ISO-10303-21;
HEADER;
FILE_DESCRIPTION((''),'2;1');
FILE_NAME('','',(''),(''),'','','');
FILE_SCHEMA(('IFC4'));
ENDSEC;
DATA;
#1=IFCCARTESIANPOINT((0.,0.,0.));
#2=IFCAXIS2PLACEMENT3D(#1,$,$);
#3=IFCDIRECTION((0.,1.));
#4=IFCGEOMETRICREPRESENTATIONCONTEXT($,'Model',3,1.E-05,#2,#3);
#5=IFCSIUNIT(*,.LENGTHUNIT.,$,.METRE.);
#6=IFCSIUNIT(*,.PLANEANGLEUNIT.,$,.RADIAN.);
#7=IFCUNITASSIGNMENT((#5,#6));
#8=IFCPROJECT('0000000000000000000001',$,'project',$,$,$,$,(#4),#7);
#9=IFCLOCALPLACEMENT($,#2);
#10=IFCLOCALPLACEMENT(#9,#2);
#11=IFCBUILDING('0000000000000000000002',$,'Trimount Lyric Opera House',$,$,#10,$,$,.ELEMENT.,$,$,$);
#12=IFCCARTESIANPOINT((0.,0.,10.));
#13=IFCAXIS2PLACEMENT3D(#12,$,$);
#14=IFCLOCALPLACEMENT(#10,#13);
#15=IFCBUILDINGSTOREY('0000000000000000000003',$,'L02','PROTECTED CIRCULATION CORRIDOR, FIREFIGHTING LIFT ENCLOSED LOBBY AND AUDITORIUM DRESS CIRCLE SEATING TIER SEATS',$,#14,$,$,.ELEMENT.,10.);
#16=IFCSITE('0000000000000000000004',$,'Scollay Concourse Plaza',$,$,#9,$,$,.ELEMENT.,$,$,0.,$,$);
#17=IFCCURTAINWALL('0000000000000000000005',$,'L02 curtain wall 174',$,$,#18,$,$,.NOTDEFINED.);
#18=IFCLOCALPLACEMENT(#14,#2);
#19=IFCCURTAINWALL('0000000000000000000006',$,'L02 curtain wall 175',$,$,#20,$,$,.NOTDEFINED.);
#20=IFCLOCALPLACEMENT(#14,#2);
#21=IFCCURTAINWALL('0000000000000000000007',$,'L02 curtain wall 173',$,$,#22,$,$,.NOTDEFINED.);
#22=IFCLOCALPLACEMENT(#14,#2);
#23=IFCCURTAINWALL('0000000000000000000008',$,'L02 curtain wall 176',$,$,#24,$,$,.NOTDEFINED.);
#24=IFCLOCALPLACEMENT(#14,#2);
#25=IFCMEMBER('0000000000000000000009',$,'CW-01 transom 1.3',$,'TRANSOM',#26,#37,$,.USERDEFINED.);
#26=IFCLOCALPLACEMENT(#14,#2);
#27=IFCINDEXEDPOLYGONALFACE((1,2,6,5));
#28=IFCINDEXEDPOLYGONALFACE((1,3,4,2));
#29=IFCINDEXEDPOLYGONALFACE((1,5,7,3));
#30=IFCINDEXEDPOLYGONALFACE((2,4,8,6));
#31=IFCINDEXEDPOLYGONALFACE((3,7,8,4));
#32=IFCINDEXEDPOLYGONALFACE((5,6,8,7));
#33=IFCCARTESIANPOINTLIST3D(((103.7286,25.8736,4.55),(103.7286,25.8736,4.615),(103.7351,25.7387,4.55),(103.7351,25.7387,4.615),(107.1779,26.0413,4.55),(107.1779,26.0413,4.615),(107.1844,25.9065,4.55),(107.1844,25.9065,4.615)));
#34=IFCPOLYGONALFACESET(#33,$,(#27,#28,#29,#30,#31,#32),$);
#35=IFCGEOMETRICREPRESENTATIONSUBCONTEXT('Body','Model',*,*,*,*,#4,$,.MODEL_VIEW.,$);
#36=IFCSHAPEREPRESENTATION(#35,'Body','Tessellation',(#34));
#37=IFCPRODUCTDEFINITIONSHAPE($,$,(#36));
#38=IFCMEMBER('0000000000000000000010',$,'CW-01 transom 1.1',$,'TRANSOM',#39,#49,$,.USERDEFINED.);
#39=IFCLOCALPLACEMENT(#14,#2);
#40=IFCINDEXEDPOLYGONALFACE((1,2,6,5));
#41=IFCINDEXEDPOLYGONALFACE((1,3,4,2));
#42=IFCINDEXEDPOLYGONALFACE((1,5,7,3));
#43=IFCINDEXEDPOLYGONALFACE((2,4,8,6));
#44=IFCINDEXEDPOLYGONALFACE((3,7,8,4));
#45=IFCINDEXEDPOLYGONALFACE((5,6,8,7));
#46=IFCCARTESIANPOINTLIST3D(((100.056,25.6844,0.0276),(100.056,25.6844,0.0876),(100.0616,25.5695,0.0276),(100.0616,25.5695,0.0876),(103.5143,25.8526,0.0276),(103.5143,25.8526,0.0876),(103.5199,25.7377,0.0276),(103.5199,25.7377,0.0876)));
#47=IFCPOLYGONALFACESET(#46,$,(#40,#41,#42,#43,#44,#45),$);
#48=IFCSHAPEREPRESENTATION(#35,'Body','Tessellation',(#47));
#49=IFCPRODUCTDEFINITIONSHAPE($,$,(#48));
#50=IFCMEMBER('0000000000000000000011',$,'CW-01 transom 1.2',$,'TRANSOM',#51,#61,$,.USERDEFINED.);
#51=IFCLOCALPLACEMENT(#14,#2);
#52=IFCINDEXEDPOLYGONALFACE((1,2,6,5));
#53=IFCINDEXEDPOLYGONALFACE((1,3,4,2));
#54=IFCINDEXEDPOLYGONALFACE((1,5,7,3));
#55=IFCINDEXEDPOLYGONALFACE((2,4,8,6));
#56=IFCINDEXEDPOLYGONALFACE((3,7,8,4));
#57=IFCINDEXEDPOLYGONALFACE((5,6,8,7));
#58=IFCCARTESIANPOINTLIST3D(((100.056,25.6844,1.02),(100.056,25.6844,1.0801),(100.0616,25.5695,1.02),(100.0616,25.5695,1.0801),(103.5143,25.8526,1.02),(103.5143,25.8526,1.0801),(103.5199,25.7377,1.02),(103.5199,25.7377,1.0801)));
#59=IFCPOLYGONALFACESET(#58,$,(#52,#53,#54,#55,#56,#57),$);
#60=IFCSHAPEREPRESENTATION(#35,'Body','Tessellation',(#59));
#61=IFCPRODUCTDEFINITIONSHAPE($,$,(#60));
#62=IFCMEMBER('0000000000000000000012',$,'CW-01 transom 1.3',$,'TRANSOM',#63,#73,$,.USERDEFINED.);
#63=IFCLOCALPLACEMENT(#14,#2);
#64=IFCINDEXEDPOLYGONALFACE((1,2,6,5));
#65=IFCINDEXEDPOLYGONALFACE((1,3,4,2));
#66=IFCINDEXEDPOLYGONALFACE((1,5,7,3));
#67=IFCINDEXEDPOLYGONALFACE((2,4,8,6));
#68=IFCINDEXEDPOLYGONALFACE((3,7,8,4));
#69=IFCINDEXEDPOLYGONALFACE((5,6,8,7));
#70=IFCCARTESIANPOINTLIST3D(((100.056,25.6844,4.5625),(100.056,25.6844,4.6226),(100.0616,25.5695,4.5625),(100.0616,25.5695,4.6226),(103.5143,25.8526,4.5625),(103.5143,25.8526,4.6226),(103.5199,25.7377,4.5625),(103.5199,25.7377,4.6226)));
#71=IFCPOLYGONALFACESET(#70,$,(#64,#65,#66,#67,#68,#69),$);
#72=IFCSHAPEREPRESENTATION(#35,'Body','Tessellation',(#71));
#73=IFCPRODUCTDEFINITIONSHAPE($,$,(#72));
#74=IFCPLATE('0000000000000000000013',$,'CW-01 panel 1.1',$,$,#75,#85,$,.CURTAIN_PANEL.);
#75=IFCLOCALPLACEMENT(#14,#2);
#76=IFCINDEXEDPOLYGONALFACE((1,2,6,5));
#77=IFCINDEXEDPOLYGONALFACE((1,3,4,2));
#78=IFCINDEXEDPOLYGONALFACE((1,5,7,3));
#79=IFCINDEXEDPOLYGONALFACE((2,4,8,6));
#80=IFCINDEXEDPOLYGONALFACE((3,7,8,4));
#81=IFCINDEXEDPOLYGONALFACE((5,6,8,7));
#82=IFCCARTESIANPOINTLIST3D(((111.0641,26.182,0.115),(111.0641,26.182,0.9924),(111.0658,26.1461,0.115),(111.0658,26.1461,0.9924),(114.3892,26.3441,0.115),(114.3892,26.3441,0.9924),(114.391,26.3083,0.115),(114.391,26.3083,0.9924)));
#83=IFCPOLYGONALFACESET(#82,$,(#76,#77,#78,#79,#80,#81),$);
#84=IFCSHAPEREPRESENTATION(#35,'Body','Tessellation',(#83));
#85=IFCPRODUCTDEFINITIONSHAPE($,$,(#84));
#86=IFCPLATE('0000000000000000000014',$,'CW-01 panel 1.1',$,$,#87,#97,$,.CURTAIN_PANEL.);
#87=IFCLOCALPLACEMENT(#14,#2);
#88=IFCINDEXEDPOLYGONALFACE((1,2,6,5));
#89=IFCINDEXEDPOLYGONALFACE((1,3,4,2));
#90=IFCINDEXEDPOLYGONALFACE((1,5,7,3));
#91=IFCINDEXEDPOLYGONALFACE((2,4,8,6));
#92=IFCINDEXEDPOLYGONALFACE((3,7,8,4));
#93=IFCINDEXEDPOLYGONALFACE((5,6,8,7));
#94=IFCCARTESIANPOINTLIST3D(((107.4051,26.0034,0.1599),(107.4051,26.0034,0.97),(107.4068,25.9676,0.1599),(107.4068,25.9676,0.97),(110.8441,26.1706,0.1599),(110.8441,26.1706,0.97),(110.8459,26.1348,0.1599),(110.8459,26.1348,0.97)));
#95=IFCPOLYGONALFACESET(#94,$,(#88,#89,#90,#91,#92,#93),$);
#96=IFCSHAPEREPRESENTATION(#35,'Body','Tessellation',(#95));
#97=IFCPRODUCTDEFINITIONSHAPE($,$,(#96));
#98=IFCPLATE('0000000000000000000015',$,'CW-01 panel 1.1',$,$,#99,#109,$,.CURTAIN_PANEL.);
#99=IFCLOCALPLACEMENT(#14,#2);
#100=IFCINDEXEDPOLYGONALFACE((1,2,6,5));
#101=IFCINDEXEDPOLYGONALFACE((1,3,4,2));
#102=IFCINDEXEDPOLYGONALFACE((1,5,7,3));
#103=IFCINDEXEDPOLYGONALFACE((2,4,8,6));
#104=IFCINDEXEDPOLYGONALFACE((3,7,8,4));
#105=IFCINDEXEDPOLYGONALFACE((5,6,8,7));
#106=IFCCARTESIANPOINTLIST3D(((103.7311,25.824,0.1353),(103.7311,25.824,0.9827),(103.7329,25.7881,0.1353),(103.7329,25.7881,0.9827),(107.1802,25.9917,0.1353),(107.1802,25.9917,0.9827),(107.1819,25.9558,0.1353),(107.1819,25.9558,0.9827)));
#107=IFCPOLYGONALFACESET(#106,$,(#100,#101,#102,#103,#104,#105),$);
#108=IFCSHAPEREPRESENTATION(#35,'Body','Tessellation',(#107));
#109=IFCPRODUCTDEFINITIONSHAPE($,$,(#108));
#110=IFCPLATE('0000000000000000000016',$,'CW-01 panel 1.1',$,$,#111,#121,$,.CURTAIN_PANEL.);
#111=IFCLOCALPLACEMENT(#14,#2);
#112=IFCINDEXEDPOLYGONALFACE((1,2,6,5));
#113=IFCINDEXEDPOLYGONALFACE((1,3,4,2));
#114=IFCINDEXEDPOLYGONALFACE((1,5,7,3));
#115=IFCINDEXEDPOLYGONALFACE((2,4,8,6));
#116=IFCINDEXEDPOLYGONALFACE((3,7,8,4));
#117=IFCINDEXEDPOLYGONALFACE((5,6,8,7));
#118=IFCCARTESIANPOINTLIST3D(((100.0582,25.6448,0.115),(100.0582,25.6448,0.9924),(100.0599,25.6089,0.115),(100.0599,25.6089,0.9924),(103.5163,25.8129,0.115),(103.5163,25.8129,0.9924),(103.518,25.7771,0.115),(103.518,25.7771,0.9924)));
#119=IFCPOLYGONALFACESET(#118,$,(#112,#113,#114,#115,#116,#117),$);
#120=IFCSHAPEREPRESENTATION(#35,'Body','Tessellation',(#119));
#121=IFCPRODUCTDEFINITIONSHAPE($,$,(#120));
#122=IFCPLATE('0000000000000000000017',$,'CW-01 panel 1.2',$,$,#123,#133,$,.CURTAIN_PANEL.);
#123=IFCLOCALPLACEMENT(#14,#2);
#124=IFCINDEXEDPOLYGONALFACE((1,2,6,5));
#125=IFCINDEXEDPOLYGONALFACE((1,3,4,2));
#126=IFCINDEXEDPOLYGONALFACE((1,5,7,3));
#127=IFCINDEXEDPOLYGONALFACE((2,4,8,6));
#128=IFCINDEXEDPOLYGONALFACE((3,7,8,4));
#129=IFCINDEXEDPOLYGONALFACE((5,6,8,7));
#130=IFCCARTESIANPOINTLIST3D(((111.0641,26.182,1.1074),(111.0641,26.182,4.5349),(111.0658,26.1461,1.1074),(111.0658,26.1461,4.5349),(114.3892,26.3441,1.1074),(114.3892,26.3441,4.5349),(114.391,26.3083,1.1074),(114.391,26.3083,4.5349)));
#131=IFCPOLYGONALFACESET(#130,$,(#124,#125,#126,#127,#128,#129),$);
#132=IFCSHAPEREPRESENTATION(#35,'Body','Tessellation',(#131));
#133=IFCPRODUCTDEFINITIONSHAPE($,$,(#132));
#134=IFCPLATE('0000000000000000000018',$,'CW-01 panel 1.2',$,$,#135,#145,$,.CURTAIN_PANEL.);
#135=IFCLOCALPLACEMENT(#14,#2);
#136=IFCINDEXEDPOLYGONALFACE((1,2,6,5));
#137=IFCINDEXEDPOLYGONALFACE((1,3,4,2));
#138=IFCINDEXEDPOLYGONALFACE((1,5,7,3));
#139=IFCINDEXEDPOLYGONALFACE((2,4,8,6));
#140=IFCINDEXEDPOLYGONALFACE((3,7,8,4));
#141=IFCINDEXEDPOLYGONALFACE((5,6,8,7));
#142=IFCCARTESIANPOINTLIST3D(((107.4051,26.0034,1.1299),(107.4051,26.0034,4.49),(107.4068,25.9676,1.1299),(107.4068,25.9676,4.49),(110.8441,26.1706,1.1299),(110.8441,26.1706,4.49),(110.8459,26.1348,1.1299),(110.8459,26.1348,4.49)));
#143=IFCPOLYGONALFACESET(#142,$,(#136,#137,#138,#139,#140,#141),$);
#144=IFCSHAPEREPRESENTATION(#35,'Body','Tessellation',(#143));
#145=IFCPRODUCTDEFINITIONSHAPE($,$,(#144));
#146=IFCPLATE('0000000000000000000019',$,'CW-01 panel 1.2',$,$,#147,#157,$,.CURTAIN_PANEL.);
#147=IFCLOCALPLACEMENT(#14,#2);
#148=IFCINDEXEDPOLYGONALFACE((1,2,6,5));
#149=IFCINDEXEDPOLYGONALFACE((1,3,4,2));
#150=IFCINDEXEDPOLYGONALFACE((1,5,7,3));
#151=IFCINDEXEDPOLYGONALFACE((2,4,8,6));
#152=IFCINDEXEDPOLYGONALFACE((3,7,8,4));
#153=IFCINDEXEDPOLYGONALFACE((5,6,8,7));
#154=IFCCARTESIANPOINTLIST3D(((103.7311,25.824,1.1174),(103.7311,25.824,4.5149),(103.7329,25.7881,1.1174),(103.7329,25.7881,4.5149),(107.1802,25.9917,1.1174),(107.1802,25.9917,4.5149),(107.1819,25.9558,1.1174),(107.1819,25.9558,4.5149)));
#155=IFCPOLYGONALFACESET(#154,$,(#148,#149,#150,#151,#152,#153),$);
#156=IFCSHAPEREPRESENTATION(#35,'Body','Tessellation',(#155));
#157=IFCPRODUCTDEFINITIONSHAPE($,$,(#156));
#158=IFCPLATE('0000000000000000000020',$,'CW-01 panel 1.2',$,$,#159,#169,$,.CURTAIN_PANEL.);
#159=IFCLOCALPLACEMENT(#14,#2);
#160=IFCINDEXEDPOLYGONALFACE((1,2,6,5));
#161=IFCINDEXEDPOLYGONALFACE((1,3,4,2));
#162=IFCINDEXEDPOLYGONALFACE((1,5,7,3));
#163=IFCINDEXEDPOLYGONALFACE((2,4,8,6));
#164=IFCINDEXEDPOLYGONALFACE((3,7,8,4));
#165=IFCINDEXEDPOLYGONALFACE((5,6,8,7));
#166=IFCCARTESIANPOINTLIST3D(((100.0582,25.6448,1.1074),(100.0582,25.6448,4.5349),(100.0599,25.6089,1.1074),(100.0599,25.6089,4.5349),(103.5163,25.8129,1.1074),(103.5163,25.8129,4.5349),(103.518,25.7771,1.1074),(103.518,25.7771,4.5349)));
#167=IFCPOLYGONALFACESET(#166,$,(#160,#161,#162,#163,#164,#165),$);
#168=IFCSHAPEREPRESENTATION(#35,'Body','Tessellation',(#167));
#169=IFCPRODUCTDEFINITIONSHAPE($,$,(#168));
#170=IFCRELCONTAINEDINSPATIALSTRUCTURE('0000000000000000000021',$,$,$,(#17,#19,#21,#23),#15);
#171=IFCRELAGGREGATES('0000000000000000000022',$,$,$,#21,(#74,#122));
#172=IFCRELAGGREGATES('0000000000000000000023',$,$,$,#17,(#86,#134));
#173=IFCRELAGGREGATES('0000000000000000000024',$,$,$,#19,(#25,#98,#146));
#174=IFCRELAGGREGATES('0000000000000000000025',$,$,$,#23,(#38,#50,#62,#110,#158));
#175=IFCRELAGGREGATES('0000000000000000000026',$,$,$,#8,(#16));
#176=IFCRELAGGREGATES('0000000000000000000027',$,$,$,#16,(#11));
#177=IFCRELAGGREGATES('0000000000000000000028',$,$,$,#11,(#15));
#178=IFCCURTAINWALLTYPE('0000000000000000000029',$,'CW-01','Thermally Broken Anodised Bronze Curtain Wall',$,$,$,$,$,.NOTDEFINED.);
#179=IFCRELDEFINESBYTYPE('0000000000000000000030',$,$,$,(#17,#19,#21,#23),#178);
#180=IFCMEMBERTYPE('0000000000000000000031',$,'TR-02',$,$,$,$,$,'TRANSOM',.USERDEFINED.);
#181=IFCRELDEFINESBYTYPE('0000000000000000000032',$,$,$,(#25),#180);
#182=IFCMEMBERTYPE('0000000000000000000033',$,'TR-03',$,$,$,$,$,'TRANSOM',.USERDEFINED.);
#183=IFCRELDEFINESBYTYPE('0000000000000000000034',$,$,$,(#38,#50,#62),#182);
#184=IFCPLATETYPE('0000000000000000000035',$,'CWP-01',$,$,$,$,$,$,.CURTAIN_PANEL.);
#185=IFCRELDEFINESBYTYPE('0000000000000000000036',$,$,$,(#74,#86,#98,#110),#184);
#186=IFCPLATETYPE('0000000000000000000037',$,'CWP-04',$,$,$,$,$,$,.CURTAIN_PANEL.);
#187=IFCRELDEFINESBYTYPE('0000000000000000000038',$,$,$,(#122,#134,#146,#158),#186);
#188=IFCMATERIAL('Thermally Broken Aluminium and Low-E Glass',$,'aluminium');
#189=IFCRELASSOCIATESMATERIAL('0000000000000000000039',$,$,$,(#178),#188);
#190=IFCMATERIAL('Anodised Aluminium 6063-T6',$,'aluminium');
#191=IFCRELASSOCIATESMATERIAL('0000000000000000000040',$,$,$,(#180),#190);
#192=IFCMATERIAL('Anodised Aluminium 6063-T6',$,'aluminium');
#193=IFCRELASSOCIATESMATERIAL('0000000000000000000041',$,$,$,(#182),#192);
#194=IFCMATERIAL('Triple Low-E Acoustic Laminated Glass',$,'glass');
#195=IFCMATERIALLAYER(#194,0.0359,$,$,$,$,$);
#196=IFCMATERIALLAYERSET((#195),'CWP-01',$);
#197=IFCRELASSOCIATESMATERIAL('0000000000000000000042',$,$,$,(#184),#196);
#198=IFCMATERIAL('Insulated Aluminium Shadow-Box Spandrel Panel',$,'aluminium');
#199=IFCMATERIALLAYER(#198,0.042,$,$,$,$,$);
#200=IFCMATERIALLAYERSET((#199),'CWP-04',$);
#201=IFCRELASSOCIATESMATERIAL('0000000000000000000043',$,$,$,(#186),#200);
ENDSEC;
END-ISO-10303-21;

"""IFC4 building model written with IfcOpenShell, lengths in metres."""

from ifc_helpers import new_model, si_unit, direction, frame, origin, origin_2d, place, context, subcontext, project, spatial, rectangle, extrude, material, layer, layer_set, material_profile, profile_set, type_object, element, aggregate, save


model = new_model("IFC4")

# Units and contexts
model_context = context("Model", 3, precision=1e-05, world=origin(), true_north=direction((0.0, 1.0)))
body_context = subcontext(model_context, "Body", "Model", "MODEL_VIEW")
ifc_project = project(units=[si_unit("LENGTHUNIT", "METRE"), si_unit("PLANEANGLEUNIT", "RADIAN")], contexts=[model_context])

# Site, building, storey
site_placement = place(None, origin())
site = spatial("IfcSite", under=ifc_project, at=site_placement, Name="Scollay Concourse Plaza", CompositionType="ELEMENT", RefElevation=0.0)
building_placement = place(site_placement, origin())
building = spatial("IfcBuilding", under=site, at=building_placement, Name="Trimount Lyric Opera House", CompositionType="ELEMENT")
storey_placement = place(building_placement, frame((0.0, 0.0, 10.0)))
storey = spatial("IfcBuildingStorey", under=building, at=storey_placement, Name="L02", Description="PROTECTED CIRCULATION CORRIDOR, FIREFIGHTING LIFT ENCLOSED LOBBY AND AUDITORIUM DRESS CIRCLE SEATING TIER SEATS", CompositionType="ELEMENT", Elevation=10.0)

# Curtain wall
ifc_material_1 = material(Name="Thermally Broken Aluminium and Low-E Glass", Category="aluminium")
curtain_wall_type = type_object("IfcCurtainWallType", Name="CW-01", Description="Thermally Broken Anodised Bronze Curtain Wall", PredefinedType="NOTDEFINED", material=ifc_material_1)
curtain_wall_1_placement = place(storey_placement, origin())
curtain_wall_1 = element("IfcCurtainWall", 1, at=curtain_wall_1_placement, inside=storey, type_object=curtain_wall_type, Name="L02 curtain wall 174", PredefinedType="NOTDEFINED")

# Curtain wall
curtain_wall_2_placement = place(storey_placement, origin())
curtain_wall_2 = element("IfcCurtainWall", 2, at=curtain_wall_2_placement, inside=storey, type_object=curtain_wall_type, Name="L02 curtain wall 175", PredefinedType="NOTDEFINED")

# Curtain wall
curtain_wall_3_placement = place(storey_placement, origin())
curtain_wall_3 = element("IfcCurtainWall", 3, at=curtain_wall_3_placement, inside=storey, type_object=curtain_wall_type, Name="L02 curtain wall 173", PredefinedType="NOTDEFINED")

# Curtain wall
curtain_wall_4_placement = place(storey_placement, origin())
curtain_wall_4 = element("IfcCurtainWall", 4, at=curtain_wall_4_placement, inside=storey, type_object=curtain_wall_type, Name="L02 curtain wall 176", PredefinedType="NOTDEFINED")

# Members
ifc_material_2 = material(Name="Anodised Aluminium 6063-T6", Category="aluminium")
ifc_material_profile_1 = material_profile(ifc_material_2, rectangle(XDim=0.135, YDim=0.0649, at=origin_2d()), Name="ALU-TRAN-65X135")
ifc_profile_set_1 = profile_set([ifc_material_profile_1], Name="Anodised Aluminium 6063-T6")
member_type_1 = type_object("IfcMemberType", Name="TR-02", ElementType="TRANSOM", PredefinedType="USERDEFINED", material=ifc_profile_set_1)
member_1_placement = place(storey_placement, frame((107.1812, 25.9739, 4.5825), z_axis=(-0.99882, -0.048569, 0.0), x_axis=(0.048569, -0.99882, 0.0)))
member_1 = element("IfcMember", 5, at=member_1_placement, type_object=member_type_1, Name="CW-01 transom 1.3", ObjectType="TRANSOM", PredefinedType="USERDEFINED", context=body_context, shape_type="SweptSolid", body=[
    extrude(rectangle(XDim=0.135, YDim=0.0649, at=origin_2d()), origin(), (0.0, 0.0, 1.0), 3.4534),
])
ifc_material_3 = material(Name="Anodised Aluminium 6063-T6", Category="aluminium")
ifc_material_profile_2 = material_profile(ifc_material_3, rectangle(XDim=0.115, YDim=0.0601, at=origin_2d()), Name="ALU-TRAN-60X115")
ifc_profile_set_2 = profile_set([ifc_material_profile_2], Name="Anodised Aluminium 6063-T6")
member_type_2 = type_object("IfcMemberType", Name="TR-03", ElementType="TRANSOM", PredefinedType="USERDEFINED", material=ifc_profile_set_2)
member_2_placement = place(storey_placement, frame((103.5171, 25.7952, 0.0576), z_axis=(-0.998819, -0.048584, 0.0), x_axis=(0.048584, -0.998819, 0.0)))
member_2 = element("IfcMember", 6, at=member_2_placement, type_object=member_type_2, Name="CW-01 transom 1.1", ObjectType="TRANSOM", PredefinedType="USERDEFINED", context=body_context, shape_type="SweptSolid", body=[
    extrude(rectangle(XDim=0.115, YDim=0.0601, at=origin_2d()), origin(), (0.0, 0.0, 1.0), 3.4624),
])
member_3_placement = place(storey_placement, frame((103.5171, 25.7952, 1.05), z_axis=(-0.998819, -0.048584, 0.0), x_axis=(0.048584, -0.998819, 0.0)))
member_3 = element("IfcMember", 7, at=member_3_placement, type_object=member_type_2, Name="CW-01 transom 1.2", ObjectType="TRANSOM", PredefinedType="USERDEFINED", context=body_context, shape_type="SweptSolid", body=[
    extrude(rectangle(XDim=0.115, YDim=0.0601, at=origin_2d()), origin(), (0.0, 0.0, 1.0), 3.4624),
])
member_4_placement = place(storey_placement, frame((103.5171, 25.7952, 4.5925), z_axis=(-0.998819, -0.048584, 0.0), x_axis=(0.048584, -0.998819, 0.0)))
member_4 = element("IfcMember", 8, at=member_4_placement, type_object=member_type_2, Name="CW-01 transom 1.3", ObjectType="TRANSOM", PredefinedType="USERDEFINED", context=body_context, shape_type="SweptSolid", body=[
    extrude(rectangle(XDim=0.115, YDim=0.0601, at=origin_2d()), origin(), (0.0, 0.0, 1.0), 3.4624),
])

# Plates
ifc_material_4 = material(Name="Triple Low-E Acoustic Laminated Glass", Category="glass")
ifc_layer_1 = layer(ifc_material_4, 0.0359)
ifc_layer_set_1 = layer_set([ifc_layer_1], Name="CWP-01")
plate_type_1 = type_object("IfcPlateType", Name="CWP-01", PredefinedType="CURTAIN_PANEL", material=ifc_layer_set_1)
plate_1_placement = place(storey_placement, frame((112.7275, 26.2451, 0.115), z_axis=(0.0, 0.0, 1.0), x_axis=(-0.998813, -0.048708, 0.0)))
plate_1 = element("IfcPlate", 9, at=plate_1_placement, type_object=plate_type_1, Name="CW-01 panel 1.1", PredefinedType="CURTAIN_PANEL", context=body_context, shape_type="SweptSolid", body=[
    extrude(rectangle(XDim=3.3291, YDim=0.0359, at=origin_2d()), origin(), (0.0, 0.0, 1.0), 0.8774),
])
plate_2_placement = place(storey_placement, frame((109.1255, 26.0691, 0.1599), z_axis=(0.0, 0.0, 1.0), x_axis=(-0.99882, -0.04856, 0.0)))
plate_2 = element("IfcPlate", 10, at=plate_2_placement, type_object=plate_type_1, Name="CW-01 panel 1.1", PredefinedType="CURTAIN_PANEL", context=body_context, shape_type="SweptSolid", body=[
    extrude(rectangle(XDim=3.4431, YDim=0.0359, at=origin_2d()), origin(), (0.0, 0.0, 1.0), 0.8101),
])
plate_3_placement = place(storey_placement, frame((105.4565, 25.8899, 0.1353), z_axis=(0.0, 0.0, 1.0), x_axis=(-0.99882, -0.04856, 0.0)))
plate_3 = element("IfcPlate", 11, at=plate_3_placement, type_object=plate_type_1, Name="CW-01 panel 1.1", PredefinedType="CURTAIN_PANEL", context=body_context, shape_type="SweptSolid", body=[
    extrude(rectangle(XDim=3.4531, YDim=0.0359, at=origin_2d()), origin(), (0.0, 0.0, 1.0), 0.8474),
])
plate_4_placement = place(storey_placement, frame((101.7881, 25.7109, 0.115), z_axis=(0.0, 0.0, 1.0), x_axis=(-0.99882, -0.048573, 0.0)))
plate_4 = element("IfcPlate", 12, at=plate_4_placement, type_object=plate_type_1, Name="CW-01 panel 1.1", PredefinedType="CURTAIN_PANEL", context=body_context, shape_type="SweptSolid", body=[
    extrude(rectangle(XDim=3.4622, YDim=0.0359, at=origin_2d()), origin(), (0.0, 0.0, 1.0), 0.8774),
])
ifc_material_5 = material(Name="Insulated Aluminium Shadow-Box Spandrel Panel", Category="aluminium")
ifc_layer_2 = layer(ifc_material_5, 0.042)
ifc_layer_set_2 = layer_set([ifc_layer_2], Name="CWP-04")
plate_type_2 = type_object("IfcPlateType", Name="CWP-04", PredefinedType="CURTAIN_PANEL", material=ifc_layer_set_2)
plate_5_placement = place(storey_placement, frame((112.7275, 26.2451, 1.1074), z_axis=(0.0, 0.0, 1.0), x_axis=(-0.998813, -0.048708, 0.0)))
plate_5 = element("IfcPlate", 13, at=plate_5_placement, type_object=plate_type_2, Name="CW-01 panel 1.2", PredefinedType="CURTAIN_PANEL", context=body_context, shape_type="SweptSolid", body=[
    extrude(rectangle(XDim=3.3291, YDim=0.0359, at=origin_2d()), origin(), (0.0, 0.0, 1.0), 3.4275),
])
aggregate(curtain_wall_3, [plate_1, plate_5])
plate_6_placement = place(storey_placement, frame((109.1255, 26.0691, 1.1299), z_axis=(0.0, 0.0, 1.0), x_axis=(-0.99882, -0.04856, 0.0)))
plate_6 = element("IfcPlate", 14, at=plate_6_placement, type_object=plate_type_2, Name="CW-01 panel 1.2", PredefinedType="CURTAIN_PANEL", context=body_context, shape_type="SweptSolid", body=[
    extrude(rectangle(XDim=3.4431, YDim=0.0359, at=origin_2d()), origin(), (0.0, 0.0, 1.0), 3.3601),
])
aggregate(curtain_wall_1, [plate_2, plate_6])
plate_7_placement = place(storey_placement, frame((105.4565, 25.8899, 1.1174), z_axis=(0.0, 0.0, 1.0), x_axis=(-0.99882, -0.04856, 0.0)))
plate_7 = element("IfcPlate", 15, at=plate_7_placement, type_object=plate_type_2, Name="CW-01 panel 1.2", PredefinedType="CURTAIN_PANEL", context=body_context, shape_type="SweptSolid", body=[
    extrude(rectangle(XDim=3.4531, YDim=0.0359, at=origin_2d()), origin(), (0.0, 0.0, 1.0), 3.3975),
])
aggregate(curtain_wall_2, [member_1, plate_3, plate_7])
plate_8_placement = place(storey_placement, frame((101.7881, 25.7109, 1.1074), z_axis=(0.0, 0.0, 1.0), x_axis=(-0.99882, -0.048573, 0.0)))
plate_8 = element("IfcPlate", 16, at=plate_8_placement, type_object=plate_type_2, Name="CW-01 panel 1.2", PredefinedType="CURTAIN_PANEL", context=body_context, shape_type="SweptSolid", body=[
    extrude(rectangle(XDim=3.4622, YDim=0.0359, at=origin_2d()), origin(), (0.0, 0.0, 1.0), 3.4275),
])
aggregate(curtain_wall_4, [member_2, member_3, member_4, plate_4, plate_8])

save(model, "model.ifc")
